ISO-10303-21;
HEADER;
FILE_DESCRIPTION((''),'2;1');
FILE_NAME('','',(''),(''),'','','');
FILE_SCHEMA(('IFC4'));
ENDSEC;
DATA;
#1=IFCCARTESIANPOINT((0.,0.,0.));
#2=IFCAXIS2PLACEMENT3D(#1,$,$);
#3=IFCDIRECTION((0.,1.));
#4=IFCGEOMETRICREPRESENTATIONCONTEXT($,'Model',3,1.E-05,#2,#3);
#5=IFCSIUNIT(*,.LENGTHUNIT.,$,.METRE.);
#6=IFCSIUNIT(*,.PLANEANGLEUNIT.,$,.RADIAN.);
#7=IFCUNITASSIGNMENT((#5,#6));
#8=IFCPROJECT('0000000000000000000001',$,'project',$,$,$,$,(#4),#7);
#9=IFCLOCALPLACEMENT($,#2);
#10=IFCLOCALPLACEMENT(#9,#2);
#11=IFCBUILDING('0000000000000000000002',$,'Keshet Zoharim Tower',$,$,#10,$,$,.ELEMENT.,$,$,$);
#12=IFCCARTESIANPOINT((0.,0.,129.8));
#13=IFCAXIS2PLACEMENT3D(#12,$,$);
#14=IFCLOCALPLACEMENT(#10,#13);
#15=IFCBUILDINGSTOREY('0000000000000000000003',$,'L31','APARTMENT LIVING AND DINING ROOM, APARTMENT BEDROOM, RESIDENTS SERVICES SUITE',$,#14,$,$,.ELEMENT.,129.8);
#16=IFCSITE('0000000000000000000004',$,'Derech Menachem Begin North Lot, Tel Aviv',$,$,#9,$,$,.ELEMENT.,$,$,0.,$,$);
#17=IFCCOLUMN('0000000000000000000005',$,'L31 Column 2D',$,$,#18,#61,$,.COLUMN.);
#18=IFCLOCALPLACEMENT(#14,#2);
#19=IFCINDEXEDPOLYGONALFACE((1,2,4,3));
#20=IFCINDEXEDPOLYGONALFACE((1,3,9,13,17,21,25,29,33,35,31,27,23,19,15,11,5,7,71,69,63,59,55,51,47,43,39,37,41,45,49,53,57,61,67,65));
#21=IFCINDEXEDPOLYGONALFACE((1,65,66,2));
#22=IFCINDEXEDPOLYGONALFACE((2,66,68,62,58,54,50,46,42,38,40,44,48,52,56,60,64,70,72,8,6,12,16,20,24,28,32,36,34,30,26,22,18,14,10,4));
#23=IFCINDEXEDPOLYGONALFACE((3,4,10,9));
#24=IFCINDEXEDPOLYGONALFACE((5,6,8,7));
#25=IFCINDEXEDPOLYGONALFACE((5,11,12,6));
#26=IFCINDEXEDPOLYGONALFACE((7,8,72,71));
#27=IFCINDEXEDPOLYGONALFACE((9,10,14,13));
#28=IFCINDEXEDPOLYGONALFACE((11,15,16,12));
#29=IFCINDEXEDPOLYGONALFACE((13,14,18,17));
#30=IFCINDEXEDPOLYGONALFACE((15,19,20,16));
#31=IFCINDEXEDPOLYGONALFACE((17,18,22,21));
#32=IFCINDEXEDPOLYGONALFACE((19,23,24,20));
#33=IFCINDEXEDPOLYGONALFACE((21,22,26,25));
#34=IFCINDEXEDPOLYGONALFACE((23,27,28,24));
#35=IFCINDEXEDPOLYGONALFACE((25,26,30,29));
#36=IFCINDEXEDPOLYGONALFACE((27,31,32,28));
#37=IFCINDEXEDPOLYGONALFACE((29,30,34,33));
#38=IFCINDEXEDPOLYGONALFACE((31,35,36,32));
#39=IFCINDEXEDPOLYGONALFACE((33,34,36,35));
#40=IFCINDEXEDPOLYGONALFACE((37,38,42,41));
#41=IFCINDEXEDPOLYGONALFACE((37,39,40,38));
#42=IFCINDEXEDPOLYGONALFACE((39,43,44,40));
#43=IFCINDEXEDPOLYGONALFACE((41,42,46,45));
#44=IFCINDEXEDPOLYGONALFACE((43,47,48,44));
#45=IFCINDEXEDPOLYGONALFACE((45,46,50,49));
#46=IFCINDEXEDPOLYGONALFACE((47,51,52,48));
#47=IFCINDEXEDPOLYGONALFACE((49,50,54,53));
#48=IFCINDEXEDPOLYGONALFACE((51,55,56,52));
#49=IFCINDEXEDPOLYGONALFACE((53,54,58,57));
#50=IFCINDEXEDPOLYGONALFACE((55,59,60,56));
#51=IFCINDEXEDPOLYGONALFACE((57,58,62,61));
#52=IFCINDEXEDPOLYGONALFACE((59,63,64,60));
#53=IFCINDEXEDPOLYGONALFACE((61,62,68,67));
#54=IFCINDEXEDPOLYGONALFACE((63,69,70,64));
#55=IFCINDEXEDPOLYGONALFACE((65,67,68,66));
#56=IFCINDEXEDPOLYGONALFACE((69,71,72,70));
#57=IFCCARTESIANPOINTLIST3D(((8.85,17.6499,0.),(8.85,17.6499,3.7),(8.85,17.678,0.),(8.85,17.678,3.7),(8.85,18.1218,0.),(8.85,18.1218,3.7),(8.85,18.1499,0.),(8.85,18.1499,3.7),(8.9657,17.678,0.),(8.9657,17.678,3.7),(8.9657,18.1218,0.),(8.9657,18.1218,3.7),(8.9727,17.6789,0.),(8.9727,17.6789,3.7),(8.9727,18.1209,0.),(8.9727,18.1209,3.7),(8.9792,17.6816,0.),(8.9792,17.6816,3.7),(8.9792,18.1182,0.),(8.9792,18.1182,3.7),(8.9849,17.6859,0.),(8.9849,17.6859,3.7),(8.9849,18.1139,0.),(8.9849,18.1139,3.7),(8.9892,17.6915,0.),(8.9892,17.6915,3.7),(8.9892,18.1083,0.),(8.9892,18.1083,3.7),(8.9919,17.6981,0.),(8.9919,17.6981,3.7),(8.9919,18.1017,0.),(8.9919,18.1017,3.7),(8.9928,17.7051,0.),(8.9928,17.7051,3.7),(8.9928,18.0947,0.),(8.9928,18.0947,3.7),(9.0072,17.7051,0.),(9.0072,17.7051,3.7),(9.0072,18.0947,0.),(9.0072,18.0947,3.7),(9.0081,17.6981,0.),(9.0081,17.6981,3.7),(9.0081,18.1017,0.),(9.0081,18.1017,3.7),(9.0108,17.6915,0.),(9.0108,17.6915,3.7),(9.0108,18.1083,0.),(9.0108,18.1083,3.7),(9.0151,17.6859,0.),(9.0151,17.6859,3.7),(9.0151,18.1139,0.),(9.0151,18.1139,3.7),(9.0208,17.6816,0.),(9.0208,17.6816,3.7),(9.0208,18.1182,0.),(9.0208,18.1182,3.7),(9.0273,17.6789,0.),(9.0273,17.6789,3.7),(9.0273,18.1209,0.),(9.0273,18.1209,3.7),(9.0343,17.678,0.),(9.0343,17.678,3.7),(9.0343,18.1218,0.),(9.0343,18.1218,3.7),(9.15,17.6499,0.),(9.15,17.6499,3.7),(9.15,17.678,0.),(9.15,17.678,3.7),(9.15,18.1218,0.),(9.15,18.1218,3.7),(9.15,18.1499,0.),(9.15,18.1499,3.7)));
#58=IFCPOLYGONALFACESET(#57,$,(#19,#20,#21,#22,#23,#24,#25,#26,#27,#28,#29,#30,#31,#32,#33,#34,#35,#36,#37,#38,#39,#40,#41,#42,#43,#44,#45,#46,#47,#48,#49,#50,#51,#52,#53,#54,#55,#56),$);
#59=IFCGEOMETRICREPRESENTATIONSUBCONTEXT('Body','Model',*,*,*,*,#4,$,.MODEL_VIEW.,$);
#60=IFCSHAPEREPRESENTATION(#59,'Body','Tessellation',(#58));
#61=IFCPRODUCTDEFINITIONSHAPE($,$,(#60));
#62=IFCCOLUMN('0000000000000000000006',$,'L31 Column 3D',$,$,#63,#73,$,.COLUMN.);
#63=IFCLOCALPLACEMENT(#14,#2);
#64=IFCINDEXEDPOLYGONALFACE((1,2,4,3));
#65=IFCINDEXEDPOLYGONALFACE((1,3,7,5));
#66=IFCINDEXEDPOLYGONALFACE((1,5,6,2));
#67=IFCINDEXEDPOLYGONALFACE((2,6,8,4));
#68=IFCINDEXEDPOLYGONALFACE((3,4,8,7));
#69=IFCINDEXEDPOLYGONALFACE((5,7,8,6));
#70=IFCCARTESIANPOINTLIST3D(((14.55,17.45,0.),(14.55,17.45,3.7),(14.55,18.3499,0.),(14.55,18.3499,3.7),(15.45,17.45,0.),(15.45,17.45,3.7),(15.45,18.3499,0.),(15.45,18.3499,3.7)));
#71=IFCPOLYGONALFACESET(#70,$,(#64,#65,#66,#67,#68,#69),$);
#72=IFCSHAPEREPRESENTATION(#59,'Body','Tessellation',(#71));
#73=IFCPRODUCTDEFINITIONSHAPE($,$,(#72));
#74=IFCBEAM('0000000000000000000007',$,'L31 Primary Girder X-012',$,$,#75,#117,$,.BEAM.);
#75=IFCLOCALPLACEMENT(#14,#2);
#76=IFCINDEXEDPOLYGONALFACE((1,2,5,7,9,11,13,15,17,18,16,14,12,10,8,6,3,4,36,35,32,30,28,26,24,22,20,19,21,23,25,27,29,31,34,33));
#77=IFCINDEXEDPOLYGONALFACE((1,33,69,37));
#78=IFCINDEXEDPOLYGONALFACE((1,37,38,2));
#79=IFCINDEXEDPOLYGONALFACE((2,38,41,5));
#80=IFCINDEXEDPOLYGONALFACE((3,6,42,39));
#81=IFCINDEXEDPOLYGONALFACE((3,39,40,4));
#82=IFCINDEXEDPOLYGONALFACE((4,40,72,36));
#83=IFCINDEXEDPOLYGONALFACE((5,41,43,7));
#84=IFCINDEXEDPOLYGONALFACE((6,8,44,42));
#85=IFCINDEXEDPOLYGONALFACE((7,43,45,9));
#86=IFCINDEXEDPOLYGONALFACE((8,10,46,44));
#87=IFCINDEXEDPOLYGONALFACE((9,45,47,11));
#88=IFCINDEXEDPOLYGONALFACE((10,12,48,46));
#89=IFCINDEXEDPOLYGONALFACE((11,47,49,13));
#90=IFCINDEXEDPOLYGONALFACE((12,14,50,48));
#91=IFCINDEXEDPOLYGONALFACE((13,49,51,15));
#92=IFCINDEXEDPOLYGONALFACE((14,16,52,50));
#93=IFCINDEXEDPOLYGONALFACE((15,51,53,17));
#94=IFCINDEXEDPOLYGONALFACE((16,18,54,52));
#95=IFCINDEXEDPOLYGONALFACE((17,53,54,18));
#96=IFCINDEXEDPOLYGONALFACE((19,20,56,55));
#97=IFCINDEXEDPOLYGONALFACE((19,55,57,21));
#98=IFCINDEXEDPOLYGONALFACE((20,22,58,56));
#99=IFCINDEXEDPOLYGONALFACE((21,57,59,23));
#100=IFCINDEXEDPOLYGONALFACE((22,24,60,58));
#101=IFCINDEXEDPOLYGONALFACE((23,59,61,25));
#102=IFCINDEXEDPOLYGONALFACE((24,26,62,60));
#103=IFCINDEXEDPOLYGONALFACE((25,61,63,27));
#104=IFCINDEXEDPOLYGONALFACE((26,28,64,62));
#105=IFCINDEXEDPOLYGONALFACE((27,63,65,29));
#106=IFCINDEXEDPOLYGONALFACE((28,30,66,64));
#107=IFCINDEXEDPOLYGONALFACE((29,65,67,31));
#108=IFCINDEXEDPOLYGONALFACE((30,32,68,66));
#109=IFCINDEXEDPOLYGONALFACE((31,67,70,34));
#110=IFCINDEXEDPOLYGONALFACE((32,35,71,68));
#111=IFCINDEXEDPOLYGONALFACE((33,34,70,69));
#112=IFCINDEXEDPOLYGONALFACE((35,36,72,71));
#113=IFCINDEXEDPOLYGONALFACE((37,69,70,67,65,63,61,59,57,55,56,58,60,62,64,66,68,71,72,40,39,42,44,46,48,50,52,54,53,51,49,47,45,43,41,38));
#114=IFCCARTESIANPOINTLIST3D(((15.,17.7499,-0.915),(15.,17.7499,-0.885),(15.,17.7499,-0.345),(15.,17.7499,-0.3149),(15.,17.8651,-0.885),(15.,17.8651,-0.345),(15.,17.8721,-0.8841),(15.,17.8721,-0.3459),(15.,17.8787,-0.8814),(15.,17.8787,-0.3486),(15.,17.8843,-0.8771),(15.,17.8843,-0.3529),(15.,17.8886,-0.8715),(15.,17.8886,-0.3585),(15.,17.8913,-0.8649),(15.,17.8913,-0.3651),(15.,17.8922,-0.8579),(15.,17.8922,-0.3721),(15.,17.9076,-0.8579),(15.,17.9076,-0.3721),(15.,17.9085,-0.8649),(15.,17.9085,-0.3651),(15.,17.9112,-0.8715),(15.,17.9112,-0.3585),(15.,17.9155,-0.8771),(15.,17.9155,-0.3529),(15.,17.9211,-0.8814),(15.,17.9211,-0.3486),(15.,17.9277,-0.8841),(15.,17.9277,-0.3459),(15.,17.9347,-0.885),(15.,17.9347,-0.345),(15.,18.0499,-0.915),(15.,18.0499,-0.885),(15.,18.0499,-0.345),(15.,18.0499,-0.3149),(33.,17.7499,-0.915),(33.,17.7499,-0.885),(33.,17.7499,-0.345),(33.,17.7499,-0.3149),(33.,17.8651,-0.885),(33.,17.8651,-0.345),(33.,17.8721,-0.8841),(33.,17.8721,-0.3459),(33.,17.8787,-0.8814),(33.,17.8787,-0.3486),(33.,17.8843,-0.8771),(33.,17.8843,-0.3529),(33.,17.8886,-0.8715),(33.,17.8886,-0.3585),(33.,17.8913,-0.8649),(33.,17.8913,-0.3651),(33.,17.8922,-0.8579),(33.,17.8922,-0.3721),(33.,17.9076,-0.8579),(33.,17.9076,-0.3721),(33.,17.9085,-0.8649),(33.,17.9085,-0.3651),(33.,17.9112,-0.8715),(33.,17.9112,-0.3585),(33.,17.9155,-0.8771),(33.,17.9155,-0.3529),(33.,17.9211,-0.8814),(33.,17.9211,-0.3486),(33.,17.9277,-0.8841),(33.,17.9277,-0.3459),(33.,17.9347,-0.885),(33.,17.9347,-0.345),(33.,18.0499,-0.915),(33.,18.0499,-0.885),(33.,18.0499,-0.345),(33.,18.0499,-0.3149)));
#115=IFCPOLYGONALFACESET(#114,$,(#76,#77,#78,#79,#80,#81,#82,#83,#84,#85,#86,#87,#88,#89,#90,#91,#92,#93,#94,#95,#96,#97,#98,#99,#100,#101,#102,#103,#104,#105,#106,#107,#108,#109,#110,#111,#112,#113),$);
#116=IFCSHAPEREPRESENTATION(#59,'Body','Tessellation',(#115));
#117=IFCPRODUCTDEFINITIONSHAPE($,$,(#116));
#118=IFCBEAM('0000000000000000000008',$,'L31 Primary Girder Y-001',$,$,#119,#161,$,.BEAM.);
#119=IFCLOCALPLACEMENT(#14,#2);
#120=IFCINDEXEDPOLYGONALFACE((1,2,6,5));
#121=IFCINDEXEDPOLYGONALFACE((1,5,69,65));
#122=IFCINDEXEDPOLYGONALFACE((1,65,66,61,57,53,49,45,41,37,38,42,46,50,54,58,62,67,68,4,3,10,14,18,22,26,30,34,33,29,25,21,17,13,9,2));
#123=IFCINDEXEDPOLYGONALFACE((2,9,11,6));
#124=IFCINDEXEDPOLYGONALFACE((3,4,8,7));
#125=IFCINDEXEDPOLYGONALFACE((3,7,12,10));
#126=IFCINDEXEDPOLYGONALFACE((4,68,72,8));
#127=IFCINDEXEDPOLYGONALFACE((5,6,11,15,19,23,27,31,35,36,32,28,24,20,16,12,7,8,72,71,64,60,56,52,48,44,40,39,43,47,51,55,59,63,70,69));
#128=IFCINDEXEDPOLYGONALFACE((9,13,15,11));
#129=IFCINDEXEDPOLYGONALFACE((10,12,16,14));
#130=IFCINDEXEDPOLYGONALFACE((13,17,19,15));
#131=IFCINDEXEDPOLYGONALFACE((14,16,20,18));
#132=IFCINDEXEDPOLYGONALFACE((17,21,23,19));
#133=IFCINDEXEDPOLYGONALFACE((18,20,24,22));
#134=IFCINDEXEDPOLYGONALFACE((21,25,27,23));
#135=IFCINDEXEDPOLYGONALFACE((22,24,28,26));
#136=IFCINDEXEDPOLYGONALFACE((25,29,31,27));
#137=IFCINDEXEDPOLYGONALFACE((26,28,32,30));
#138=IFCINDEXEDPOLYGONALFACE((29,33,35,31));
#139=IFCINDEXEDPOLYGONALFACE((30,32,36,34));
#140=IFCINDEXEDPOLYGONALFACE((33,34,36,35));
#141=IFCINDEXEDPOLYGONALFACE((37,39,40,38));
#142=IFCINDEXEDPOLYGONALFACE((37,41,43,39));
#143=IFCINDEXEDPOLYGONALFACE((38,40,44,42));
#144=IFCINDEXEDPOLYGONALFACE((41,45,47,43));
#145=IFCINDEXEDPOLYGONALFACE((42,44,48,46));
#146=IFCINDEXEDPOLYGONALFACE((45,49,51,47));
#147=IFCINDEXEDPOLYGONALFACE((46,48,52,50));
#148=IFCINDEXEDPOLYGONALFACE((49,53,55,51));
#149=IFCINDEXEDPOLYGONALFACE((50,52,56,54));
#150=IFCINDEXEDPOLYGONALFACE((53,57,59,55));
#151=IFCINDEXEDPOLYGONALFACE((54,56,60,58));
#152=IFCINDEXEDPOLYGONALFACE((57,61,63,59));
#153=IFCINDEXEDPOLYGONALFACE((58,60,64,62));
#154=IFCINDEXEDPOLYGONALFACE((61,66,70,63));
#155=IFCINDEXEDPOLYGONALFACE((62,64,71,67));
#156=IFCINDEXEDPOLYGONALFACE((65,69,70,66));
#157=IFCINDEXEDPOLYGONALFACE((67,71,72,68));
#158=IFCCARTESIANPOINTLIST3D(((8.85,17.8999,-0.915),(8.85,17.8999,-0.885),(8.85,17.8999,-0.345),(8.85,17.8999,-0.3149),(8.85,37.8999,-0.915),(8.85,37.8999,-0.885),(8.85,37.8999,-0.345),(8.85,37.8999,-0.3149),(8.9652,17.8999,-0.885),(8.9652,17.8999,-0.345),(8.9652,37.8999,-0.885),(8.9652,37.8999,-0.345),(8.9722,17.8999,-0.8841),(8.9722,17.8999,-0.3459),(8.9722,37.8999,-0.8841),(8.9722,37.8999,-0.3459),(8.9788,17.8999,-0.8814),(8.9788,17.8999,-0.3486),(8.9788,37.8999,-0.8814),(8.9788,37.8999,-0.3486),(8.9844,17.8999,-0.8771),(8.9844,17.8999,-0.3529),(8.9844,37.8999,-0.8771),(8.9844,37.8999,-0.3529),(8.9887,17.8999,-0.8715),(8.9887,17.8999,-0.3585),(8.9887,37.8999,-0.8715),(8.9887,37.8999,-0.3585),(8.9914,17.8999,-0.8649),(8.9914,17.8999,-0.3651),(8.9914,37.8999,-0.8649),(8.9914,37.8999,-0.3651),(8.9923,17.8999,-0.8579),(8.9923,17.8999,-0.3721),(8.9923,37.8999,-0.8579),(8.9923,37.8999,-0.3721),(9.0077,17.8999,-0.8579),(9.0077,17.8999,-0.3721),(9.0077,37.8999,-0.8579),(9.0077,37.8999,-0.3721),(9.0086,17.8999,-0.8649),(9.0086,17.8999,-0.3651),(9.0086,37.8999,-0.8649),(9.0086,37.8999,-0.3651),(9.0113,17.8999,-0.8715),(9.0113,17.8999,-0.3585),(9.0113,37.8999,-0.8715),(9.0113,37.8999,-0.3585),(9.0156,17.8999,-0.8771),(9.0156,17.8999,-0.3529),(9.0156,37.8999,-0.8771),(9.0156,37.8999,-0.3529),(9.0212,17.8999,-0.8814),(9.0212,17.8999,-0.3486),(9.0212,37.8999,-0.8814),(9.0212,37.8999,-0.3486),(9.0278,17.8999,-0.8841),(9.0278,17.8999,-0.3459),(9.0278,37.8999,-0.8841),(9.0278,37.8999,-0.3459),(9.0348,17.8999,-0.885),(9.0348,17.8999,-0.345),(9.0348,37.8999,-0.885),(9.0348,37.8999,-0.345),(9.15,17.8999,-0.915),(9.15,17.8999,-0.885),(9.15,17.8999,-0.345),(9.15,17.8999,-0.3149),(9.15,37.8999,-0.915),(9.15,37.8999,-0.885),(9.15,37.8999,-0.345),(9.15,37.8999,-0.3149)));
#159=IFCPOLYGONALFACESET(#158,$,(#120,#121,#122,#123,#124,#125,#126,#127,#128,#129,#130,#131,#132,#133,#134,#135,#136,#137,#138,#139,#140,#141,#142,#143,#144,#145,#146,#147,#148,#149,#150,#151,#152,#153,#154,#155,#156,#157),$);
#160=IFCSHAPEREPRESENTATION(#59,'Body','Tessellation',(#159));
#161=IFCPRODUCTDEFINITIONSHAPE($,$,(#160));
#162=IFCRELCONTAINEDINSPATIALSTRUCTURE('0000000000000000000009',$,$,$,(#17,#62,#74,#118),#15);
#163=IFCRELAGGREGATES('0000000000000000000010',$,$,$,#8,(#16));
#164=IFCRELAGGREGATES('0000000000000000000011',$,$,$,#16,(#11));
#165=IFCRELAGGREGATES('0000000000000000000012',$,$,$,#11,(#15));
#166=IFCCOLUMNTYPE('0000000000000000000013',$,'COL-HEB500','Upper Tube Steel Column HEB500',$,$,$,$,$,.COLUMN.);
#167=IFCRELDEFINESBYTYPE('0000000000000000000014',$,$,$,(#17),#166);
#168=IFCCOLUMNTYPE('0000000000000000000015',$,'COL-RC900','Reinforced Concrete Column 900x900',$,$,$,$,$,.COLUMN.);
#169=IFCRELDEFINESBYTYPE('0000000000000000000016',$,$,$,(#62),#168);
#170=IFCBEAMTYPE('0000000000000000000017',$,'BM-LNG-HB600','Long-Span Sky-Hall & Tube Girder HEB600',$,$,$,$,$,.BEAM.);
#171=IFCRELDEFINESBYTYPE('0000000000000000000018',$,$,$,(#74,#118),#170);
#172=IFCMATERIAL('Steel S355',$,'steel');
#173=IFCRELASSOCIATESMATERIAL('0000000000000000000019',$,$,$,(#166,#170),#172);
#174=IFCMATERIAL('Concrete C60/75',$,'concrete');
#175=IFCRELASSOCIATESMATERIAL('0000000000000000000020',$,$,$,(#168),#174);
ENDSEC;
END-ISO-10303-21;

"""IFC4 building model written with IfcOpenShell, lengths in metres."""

from ifc_helpers import new_model, si_unit, direction, frame, origin, origin_2d, place, context, subcontext, project, spatial, rectangle, i_section, extrude, material, material_profile, profile_set, type_object, element, save


model = new_model("IFC4")

# Units and contexts
model_context = context("Model", 3, precision=1e-05, world=origin(), true_north=direction((0.0, 1.0)))
body_context = subcontext(model_context, "Body", "Model", "MODEL_VIEW")
ifc_project = project(units=[si_unit("LENGTHUNIT", "METRE"), si_unit("PLANEANGLEUNIT", "RADIAN")], contexts=[model_context])

# Site, building, storey
site_placement = place(None, origin())
site = spatial("IfcSite", under=ifc_project, at=site_placement, Name="Derech Menachem Begin North Lot, Tel Aviv", CompositionType="ELEMENT", RefElevation=0.0)
building_placement = place(site_placement, origin())
building = spatial("IfcBuilding", under=site, at=building_placement, Name="Keshet Zoharim Tower", CompositionType="ELEMENT")
storey_placement = place(building_placement, frame((0.0, 0.0, 129.8)))
storey = spatial("IfcBuildingStorey", under=building, at=storey_placement, Name="L31", Description="APARTMENT LIVING AND DINING ROOM, APARTMENT BEDROOM, RESIDENTS SERVICES SUITE", CompositionType="ELEMENT", Elevation=129.8)

# Columns
ifc_material_1 = material(Name="Steel S355", Category="steel")
ifc_material_profile_1 = material_profile(ifc_material_1, i_section(OverallWidth=0.3, OverallDepth=0.5, WebThickness=0.0144, FlangeThickness=0.0281, FilletRadius=0.0271, at=origin_2d()), Name="HEB500")
ifc_profile_set_1 = profile_set([ifc_material_profile_1], Name="Steel S355")
column_type_1 = type_object("IfcColumnType", Name="COL-HEB500", Description="Upper Tube Steel Column HEB500", PredefinedType="COLUMN", material=ifc_profile_set_1)
column_1_placement = place(storey_placement, frame((9.0, 17.8999, 0.0), z_axis=(0.0, 0.0, 1.0), x_axis=(1.0, 0.0, 0.0)))
element("IfcColumn", 1, at=column_1_placement, inside=storey, type_object=column_type_1, Name="L31 Column 2D", PredefinedType="COLUMN", context=body_context, shape_type="SweptSolid", body=[
    extrude(i_section(OverallWidth=0.3, OverallDepth=0.5, WebThickness=0.0144, FlangeThickness=0.0281, FilletRadius=0.0271, at=origin_2d()), origin(), (0.0, 0.0, 1.0), 3.7),
])
ifc_material_2 = material(Name="Concrete C60/75", Category="concrete")
ifc_material_profile_2 = material_profile(ifc_material_2, rectangle(XDim=0.8999, YDim=0.8999, at=origin_2d()), Name="RC900x900")
ifc_profile_set_2 = profile_set([ifc_material_profile_2], Name="Concrete C60/75")
column_type_2 = type_object("IfcColumnType", Name="COL-RC900", Description="Reinforced Concrete Column 900x900", PredefinedType="COLUMN", material=ifc_profile_set_2)
column_2_placement = place(storey_placement, frame((15.0, 17.8999, 0.0), z_axis=(0.0, 0.0, 1.0), x_axis=(1.0, 0.0, 0.0)))
element("IfcColumn", 2, at=column_2_placement, inside=storey, type_object=column_type_2, Name="L31 Column 3D", PredefinedType="COLUMN", context=body_context, shape_type="SweptSolid", body=[
    extrude(rectangle(XDim=0.8999, YDim=0.8999, at=origin_2d()), origin(), (0.0, 0.0, 1.0), 3.7),
])

# Beams
ifc_material_profile_3 = material_profile(ifc_material_1, i_section(OverallWidth=0.3, OverallDepth=0.6001, WebThickness=0.0154, FlangeThickness=0.03, FilletRadius=0.0271, at=origin_2d()), Name="HEB600")
ifc_profile_set_3 = profile_set([ifc_material_profile_3], Name="Steel S355")
beam_type_1 = type_object("IfcBeamType", Name="BM-LNG-HB600", Description="Long-Span Sky-Hall & Tube Girder HEB600", PredefinedType="BEAM", material=ifc_profile_set_3)
beam_1_placement = place(storey_placement, frame((15.0, 17.8999, -0.615), z_axis=(1.0, 0.0, 0.0), x_axis=(0.0, 1.0, 0.0)))
element("IfcBeam", 3, at=beam_1_placement, inside=storey, type_object=beam_type_1, Name="L31 Primary Girder X-012", PredefinedType="BEAM", context=body_context, shape_type="SweptSolid", body=[
    extrude(i_section(OverallWidth=0.3, OverallDepth=0.6001, WebThickness=0.0154, FlangeThickness=0.03, FilletRadius=0.0271, at=origin_2d()), origin(), (0.0, 0.0, 1.0), 18.0),
])
beam_2_placement = place(storey_placement, frame((9.0, 17.8999, -0.615), z_axis=(0.0, 1.0, 0.0), x_axis=(-1.0, 0.0, 0.0)))
element("IfcBeam", 4, at=beam_2_placement, inside=storey, type_object=beam_type_1, Name="L31 Primary Girder Y-001", PredefinedType="BEAM", context=body_context, shape_type="SweptSolid", body=[
    extrude(i_section(OverallWidth=0.3, OverallDepth=0.6001, WebThickness=0.0154, FlangeThickness=0.03, FilletRadius=0.0271, at=origin_2d()), origin(), (0.0, 0.0, 1.0), 20.0),
])

save(model, "model.ifc")
